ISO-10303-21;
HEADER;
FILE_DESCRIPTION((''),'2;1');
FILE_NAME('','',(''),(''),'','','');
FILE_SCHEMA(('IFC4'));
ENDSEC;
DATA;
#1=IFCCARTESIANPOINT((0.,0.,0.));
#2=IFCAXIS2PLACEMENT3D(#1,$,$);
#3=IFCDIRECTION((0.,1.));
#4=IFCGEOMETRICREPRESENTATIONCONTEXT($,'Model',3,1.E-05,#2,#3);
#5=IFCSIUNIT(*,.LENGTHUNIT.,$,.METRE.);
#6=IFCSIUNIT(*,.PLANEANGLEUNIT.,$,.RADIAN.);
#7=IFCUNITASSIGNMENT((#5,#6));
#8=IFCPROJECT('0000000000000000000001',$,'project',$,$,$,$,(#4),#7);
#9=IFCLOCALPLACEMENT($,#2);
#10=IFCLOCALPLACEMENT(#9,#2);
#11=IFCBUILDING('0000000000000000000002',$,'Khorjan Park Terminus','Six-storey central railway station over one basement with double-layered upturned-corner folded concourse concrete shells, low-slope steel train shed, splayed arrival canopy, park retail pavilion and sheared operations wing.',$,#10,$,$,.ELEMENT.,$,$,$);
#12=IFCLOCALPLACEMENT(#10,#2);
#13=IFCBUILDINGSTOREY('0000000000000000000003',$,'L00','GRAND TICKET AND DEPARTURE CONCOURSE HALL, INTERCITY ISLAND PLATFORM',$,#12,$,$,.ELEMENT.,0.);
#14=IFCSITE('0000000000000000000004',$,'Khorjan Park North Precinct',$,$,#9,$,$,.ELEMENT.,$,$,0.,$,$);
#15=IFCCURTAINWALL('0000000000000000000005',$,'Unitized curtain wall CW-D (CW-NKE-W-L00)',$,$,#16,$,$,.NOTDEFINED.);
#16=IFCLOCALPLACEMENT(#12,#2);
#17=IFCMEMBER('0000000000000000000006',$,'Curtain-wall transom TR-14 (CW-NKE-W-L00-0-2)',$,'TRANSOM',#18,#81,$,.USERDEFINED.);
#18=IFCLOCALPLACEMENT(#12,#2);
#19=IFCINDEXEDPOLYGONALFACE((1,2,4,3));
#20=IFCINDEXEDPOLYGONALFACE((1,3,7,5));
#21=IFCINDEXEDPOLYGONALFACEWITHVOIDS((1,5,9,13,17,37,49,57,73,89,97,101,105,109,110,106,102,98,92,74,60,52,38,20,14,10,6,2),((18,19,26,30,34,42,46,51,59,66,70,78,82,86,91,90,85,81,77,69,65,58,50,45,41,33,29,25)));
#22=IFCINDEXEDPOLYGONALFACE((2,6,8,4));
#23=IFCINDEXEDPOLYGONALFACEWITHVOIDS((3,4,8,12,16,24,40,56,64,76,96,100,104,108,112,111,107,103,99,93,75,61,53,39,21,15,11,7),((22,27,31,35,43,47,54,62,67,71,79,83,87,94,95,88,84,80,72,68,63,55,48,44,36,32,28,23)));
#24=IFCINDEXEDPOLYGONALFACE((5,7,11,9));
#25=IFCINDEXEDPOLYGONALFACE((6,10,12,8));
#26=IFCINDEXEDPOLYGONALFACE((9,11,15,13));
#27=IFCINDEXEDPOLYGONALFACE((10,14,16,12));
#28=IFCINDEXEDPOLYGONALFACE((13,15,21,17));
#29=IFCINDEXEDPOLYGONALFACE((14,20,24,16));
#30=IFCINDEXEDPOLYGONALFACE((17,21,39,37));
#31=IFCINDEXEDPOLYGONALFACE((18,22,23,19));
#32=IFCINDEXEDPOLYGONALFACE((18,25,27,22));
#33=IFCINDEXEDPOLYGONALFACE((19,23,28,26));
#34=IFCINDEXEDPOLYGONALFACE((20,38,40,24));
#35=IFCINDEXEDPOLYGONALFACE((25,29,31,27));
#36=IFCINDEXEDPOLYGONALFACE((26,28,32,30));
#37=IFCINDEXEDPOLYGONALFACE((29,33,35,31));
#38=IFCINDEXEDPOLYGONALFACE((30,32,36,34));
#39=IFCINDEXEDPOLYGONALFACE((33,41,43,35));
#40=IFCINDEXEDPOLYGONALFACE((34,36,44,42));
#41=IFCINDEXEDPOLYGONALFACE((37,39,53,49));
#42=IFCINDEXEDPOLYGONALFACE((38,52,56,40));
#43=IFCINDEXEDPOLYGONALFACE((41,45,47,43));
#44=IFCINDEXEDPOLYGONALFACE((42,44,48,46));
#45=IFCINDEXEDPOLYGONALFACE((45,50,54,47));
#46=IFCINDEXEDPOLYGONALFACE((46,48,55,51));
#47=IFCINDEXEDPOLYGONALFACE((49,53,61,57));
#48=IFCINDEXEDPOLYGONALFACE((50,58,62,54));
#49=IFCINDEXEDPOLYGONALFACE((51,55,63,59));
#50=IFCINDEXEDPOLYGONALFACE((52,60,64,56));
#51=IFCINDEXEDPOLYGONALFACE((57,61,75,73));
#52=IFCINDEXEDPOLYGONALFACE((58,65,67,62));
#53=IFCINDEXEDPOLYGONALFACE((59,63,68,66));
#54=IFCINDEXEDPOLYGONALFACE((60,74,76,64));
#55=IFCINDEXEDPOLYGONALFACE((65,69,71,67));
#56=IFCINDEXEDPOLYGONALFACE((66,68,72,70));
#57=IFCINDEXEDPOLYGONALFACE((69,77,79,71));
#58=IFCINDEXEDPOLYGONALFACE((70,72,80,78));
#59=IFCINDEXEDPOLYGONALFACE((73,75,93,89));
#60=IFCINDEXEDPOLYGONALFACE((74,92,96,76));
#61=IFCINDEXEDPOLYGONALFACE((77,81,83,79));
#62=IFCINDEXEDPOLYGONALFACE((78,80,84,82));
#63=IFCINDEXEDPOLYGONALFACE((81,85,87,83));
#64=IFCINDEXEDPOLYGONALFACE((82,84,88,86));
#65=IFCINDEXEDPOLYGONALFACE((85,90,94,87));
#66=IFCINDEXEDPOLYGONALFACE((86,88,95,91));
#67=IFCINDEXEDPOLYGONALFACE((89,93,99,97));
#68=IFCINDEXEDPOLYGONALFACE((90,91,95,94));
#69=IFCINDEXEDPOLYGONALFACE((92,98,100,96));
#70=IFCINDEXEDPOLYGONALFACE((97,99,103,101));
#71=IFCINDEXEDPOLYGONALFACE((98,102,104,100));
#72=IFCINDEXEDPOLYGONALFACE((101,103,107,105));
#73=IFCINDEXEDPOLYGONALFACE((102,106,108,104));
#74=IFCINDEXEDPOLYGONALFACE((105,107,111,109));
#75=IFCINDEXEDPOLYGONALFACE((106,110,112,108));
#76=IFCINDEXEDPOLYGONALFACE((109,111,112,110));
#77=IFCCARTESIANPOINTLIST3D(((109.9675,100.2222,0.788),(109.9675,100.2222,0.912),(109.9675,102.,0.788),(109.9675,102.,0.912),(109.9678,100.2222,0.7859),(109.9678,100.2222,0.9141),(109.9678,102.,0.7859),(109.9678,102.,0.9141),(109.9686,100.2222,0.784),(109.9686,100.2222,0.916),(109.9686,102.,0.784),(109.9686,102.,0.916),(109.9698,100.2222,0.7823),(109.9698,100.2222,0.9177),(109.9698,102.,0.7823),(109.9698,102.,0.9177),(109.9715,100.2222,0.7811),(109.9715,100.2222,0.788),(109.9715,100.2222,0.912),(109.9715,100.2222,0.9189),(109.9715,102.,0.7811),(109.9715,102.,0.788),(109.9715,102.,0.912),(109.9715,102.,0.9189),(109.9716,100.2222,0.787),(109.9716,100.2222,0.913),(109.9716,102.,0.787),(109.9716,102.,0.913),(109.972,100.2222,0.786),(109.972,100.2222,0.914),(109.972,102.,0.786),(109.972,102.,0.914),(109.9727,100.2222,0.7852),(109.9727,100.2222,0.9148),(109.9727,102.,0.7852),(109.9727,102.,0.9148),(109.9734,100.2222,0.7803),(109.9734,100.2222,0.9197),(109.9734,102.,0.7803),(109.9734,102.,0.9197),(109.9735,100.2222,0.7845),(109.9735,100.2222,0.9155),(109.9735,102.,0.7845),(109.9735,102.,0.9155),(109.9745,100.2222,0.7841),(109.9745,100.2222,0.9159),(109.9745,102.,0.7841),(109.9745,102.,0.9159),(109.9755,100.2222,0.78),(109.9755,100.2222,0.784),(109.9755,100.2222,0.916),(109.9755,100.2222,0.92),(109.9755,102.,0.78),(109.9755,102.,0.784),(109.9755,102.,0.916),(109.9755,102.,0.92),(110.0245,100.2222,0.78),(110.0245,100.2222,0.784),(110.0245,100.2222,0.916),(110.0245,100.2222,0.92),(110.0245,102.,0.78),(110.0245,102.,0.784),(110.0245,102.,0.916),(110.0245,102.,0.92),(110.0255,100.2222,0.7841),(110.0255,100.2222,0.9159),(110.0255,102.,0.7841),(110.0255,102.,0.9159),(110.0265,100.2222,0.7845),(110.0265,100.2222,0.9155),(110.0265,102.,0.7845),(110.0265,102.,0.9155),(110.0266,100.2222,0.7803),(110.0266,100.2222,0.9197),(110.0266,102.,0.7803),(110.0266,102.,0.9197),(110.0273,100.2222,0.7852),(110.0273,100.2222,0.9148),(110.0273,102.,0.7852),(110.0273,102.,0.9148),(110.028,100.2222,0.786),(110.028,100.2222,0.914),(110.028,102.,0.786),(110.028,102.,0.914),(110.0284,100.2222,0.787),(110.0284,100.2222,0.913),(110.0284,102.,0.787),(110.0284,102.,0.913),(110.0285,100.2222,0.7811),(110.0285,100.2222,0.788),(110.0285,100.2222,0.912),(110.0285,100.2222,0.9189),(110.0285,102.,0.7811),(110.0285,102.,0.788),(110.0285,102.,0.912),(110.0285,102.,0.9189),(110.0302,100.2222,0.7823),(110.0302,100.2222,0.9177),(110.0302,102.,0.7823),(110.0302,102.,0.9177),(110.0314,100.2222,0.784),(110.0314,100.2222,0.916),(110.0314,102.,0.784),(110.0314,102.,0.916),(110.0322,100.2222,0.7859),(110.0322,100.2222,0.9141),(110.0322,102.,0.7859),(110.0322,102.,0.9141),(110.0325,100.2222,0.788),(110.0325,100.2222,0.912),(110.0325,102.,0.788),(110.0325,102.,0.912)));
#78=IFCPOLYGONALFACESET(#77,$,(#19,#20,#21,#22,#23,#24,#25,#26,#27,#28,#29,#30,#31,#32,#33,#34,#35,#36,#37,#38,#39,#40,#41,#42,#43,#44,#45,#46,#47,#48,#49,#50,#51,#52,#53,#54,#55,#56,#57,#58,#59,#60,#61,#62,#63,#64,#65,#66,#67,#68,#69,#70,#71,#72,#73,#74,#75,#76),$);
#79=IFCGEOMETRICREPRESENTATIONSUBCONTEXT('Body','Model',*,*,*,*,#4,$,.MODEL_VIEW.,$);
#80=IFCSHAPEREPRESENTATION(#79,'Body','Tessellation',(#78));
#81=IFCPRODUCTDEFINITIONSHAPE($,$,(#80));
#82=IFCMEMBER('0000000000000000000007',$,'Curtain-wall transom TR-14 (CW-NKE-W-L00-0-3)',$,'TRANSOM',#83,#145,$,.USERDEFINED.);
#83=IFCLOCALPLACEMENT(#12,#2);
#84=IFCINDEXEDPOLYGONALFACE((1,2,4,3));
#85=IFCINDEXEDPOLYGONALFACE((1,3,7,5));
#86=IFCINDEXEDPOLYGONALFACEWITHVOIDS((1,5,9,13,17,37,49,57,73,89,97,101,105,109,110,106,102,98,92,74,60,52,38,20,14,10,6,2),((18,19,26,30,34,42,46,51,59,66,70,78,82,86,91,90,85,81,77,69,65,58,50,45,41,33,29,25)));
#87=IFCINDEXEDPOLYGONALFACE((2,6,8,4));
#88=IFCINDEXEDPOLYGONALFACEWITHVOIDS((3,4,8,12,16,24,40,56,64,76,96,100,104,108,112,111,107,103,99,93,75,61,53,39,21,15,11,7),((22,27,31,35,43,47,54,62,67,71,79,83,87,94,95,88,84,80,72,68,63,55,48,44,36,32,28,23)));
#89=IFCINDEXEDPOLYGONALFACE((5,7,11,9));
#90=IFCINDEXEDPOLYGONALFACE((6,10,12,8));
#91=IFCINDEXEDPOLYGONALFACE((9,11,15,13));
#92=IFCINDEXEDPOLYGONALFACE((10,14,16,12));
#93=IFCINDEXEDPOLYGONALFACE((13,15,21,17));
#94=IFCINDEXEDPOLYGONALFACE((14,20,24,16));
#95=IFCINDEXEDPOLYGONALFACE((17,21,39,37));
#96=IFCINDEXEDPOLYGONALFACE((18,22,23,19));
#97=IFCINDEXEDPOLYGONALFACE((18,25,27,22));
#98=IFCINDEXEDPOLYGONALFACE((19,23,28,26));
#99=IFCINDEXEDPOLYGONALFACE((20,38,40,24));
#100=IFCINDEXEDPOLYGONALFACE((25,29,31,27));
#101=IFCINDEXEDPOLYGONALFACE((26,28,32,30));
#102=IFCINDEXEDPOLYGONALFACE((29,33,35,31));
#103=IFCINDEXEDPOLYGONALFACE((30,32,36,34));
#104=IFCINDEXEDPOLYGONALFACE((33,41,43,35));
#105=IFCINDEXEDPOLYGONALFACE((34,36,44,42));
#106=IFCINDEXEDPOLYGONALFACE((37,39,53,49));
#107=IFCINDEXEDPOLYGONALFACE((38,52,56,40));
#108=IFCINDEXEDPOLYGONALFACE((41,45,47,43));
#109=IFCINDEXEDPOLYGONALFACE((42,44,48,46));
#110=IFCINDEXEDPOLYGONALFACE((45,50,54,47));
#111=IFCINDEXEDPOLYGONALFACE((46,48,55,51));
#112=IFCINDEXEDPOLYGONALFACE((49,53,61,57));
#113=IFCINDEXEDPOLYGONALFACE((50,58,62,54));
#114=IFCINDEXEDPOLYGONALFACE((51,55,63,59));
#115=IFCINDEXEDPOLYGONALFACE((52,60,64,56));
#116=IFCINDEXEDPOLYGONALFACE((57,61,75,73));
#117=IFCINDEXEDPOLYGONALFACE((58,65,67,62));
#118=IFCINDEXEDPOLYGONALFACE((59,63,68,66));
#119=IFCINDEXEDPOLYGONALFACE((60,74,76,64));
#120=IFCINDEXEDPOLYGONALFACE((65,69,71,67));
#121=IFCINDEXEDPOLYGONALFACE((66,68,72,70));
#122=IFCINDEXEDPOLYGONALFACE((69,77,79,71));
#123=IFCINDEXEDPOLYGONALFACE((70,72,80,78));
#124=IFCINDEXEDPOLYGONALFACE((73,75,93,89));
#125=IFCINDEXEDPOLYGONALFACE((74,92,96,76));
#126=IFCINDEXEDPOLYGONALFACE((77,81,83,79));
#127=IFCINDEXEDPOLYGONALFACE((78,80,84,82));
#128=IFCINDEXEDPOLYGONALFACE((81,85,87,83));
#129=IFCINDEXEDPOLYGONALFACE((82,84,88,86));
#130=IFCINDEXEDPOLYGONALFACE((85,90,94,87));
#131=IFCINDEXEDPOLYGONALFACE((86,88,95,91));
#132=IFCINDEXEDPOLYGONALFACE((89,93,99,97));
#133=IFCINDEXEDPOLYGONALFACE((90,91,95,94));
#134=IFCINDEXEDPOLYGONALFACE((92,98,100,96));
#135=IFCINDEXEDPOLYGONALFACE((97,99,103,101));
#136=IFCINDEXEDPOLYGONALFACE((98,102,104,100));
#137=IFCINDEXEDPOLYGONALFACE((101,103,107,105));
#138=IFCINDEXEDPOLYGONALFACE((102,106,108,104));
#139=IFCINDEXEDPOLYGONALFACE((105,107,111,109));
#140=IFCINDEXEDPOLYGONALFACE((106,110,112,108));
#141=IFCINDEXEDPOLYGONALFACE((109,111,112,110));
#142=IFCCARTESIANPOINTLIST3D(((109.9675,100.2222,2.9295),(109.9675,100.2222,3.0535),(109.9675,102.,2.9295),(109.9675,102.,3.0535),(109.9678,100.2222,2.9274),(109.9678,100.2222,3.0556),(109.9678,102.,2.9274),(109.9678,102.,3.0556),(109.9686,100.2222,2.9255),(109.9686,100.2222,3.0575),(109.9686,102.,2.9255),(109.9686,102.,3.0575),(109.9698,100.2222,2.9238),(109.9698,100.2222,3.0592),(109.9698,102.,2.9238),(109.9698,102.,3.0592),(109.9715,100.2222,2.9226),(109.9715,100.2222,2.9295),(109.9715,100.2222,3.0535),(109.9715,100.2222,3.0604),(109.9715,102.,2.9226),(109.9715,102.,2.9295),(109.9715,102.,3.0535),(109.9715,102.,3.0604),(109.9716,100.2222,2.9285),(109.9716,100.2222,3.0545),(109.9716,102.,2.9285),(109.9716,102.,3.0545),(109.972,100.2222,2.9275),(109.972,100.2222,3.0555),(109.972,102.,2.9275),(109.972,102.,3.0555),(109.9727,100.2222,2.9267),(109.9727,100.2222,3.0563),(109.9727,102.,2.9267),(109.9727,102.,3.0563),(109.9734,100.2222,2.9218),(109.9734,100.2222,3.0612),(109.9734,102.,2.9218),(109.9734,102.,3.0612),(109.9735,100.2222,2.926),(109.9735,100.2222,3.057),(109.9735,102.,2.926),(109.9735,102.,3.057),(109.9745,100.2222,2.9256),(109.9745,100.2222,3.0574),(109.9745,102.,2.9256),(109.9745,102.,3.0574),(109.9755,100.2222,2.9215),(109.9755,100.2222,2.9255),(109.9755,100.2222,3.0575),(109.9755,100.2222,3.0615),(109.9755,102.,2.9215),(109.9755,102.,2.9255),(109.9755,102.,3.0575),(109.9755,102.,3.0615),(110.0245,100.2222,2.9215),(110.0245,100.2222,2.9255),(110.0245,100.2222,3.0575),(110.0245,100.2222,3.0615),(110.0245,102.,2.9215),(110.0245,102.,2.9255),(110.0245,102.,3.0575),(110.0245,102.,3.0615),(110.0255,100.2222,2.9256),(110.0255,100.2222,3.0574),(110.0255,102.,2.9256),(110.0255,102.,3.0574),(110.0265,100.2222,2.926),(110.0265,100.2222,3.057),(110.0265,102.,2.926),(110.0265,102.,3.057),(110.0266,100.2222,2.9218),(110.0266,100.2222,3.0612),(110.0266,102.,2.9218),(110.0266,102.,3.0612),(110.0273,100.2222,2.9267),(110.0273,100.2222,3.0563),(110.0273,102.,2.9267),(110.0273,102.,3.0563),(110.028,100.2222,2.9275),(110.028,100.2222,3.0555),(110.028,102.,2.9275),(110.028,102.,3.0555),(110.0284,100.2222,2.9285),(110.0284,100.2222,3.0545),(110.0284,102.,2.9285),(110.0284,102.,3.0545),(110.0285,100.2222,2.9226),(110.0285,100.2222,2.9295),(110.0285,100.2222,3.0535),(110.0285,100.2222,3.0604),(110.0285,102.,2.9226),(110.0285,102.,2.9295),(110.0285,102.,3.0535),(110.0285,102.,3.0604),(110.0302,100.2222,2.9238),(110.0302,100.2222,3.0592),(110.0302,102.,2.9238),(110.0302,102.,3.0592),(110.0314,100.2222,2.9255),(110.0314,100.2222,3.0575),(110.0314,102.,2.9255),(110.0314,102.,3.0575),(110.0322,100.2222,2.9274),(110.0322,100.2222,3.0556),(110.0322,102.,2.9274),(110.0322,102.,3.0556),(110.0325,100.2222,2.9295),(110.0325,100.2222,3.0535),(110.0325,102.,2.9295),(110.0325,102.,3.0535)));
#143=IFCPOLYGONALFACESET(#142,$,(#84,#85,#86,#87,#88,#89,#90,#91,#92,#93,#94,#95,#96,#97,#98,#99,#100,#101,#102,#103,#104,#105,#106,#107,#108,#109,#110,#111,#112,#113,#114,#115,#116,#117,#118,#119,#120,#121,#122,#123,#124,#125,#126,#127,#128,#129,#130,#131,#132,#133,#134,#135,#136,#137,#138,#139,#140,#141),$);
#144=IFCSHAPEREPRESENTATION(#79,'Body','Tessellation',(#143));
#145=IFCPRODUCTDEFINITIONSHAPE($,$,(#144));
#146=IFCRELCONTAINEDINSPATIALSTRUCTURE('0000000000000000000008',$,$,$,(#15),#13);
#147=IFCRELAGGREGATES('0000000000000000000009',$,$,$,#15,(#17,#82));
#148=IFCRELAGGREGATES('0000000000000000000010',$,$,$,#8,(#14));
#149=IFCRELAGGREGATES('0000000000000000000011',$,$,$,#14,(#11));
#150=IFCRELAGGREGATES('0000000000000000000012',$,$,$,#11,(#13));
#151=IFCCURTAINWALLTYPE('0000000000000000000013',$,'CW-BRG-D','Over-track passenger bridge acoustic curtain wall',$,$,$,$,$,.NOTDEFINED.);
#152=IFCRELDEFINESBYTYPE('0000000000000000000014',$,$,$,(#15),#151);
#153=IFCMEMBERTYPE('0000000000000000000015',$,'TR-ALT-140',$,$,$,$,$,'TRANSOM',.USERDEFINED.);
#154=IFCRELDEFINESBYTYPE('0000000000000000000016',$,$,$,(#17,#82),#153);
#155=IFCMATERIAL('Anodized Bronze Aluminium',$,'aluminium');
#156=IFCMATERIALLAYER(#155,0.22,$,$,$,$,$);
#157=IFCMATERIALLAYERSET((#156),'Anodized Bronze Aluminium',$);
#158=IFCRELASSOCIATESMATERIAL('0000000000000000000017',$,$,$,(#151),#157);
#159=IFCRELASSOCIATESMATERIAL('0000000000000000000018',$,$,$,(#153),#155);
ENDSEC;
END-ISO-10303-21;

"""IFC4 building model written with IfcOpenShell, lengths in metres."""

from ifc_helpers import new_model, si_unit, direction, frame, origin, origin_2d, place, context, subcontext, project, spatial, hollow_rectangle, extrude, material, layer, layer_set, material_profile, profile_set, type_object, element, aggregate, save


model = new_model("IFC4")

# Units and contexts
model_context = context("Model", 3, precision=1e-05, world=origin(), true_north=direction((0.0, 1.0)))
body_context = subcontext(model_context, "Body", "Model", "MODEL_VIEW")
ifc_project = project(units=[si_unit("LENGTHUNIT", "METRE"), si_unit("PLANEANGLEUNIT", "RADIAN")], contexts=[model_context])

# Site, building, storey
site_placement = place(None, origin())
site = spatial("IfcSite", under=ifc_project, at=site_placement, Name="Khorjan Park North Precinct", CompositionType="ELEMENT", RefElevation=0.0)
building_placement = place(site_placement, origin())
building = spatial("IfcBuilding", under=site, at=building_placement, Name="Khorjan Park Terminus", Description="Six-storey central railway station over one basement with double-layered upturned-corner folded concourse concrete shells, low-slope steel train shed, splayed arrival canopy, park retail pavilion and sheared operations wing.", CompositionType="ELEMENT")
storey_placement = place(building_placement, origin())
storey = spatial("IfcBuildingStorey", under=building, at=storey_placement, Name="L00", Description="GRAND TICKET AND DEPARTURE CONCOURSE HALL, INTERCITY ISLAND PLATFORM", CompositionType="ELEMENT", Elevation=0.0)

# Curtain wall, members
ifc_material_1 = material(Name="Anodized Bronze Aluminium", Category="aluminium")
ifc_layer_1 = layer(ifc_material_1, 0.22)
ifc_layer_set_1 = layer_set([ifc_layer_1], Name="Anodized Bronze Aluminium")
curtain_wall_type = type_object("IfcCurtainWallType", Name="CW-BRG-D", Description="Over-track passenger bridge acoustic curtain wall", PredefinedType="NOTDEFINED", material=ifc_layer_set_1)
curtain_wall_placement = place(storey_placement, origin())
curtain_wall = element("IfcCurtainWall", 1, at=curtain_wall_placement, inside=storey, type_object=curtain_wall_type, Name="Unitized curtain wall CW-D (CW-NKE-W-L00)", PredefinedType="NOTDEFINED")
ifc_material_profile_1 = material_profile(ifc_material_1, hollow_rectangle(XDim=0.065, YDim=0.14, WallThickness=0.004, InnerFilletRadius=0.004, OuterFilletRadius=0.008, at=origin_2d()), Name="ALT 65x140x4")
ifc_profile_set_1 = profile_set([ifc_material_profile_1], Name="Anodized Bronze Aluminium")
member_type_1 = type_object("IfcMemberType", Name="TR-ALT-140", ElementType="TRANSOM", PredefinedType="USERDEFINED", material=ifc_profile_set_1)
member_1_placement = place(storey_placement, frame((110.0, 102.0, 0.85), z_axis=(0.0, -1.0, 0.0), x_axis=(1.0, 0.0, 0.0)))
member_1 = element("IfcMember", 2, at=member_1_placement, type_object=member_type_1, Name="Curtain-wall transom TR-14 (CW-NKE-W-L00-0-2)", ObjectType="TRANSOM", PredefinedType="USERDEFINED", context=body_context, shape_type="SweptSolid", body=[
    extrude(hollow_rectangle(XDim=0.065, YDim=0.14, WallThickness=0.004, InnerFilletRadius=0.004, OuterFilletRadius=0.008, at=origin_2d()), origin(), (0.0, 0.0, 1.0), 1.7778),
])
member_2_placement = place(storey_placement, frame((110.0, 102.0, 2.9915), z_axis=(0.0, -1.0, 0.0), x_axis=(1.0, 0.0, 0.0)))
member_2 = element("IfcMember", 3, at=member_2_placement, type_object=member_type_1, Name="Curtain-wall transom TR-14 (CW-NKE-W-L00-0-3)", ObjectType="TRANSOM", PredefinedType="USERDEFINED", context=body_context, shape_type="SweptSolid", body=[
    extrude(hollow_rectangle(XDim=0.065, YDim=0.14, WallThickness=0.004, InnerFilletRadius=0.004, OuterFilletRadius=0.008, at=origin_2d()), origin(), (0.0, 0.0, 1.0), 1.7778),
])
aggregate(curtain_wall, [member_1, member_2])

save(model, "model.ifc")
